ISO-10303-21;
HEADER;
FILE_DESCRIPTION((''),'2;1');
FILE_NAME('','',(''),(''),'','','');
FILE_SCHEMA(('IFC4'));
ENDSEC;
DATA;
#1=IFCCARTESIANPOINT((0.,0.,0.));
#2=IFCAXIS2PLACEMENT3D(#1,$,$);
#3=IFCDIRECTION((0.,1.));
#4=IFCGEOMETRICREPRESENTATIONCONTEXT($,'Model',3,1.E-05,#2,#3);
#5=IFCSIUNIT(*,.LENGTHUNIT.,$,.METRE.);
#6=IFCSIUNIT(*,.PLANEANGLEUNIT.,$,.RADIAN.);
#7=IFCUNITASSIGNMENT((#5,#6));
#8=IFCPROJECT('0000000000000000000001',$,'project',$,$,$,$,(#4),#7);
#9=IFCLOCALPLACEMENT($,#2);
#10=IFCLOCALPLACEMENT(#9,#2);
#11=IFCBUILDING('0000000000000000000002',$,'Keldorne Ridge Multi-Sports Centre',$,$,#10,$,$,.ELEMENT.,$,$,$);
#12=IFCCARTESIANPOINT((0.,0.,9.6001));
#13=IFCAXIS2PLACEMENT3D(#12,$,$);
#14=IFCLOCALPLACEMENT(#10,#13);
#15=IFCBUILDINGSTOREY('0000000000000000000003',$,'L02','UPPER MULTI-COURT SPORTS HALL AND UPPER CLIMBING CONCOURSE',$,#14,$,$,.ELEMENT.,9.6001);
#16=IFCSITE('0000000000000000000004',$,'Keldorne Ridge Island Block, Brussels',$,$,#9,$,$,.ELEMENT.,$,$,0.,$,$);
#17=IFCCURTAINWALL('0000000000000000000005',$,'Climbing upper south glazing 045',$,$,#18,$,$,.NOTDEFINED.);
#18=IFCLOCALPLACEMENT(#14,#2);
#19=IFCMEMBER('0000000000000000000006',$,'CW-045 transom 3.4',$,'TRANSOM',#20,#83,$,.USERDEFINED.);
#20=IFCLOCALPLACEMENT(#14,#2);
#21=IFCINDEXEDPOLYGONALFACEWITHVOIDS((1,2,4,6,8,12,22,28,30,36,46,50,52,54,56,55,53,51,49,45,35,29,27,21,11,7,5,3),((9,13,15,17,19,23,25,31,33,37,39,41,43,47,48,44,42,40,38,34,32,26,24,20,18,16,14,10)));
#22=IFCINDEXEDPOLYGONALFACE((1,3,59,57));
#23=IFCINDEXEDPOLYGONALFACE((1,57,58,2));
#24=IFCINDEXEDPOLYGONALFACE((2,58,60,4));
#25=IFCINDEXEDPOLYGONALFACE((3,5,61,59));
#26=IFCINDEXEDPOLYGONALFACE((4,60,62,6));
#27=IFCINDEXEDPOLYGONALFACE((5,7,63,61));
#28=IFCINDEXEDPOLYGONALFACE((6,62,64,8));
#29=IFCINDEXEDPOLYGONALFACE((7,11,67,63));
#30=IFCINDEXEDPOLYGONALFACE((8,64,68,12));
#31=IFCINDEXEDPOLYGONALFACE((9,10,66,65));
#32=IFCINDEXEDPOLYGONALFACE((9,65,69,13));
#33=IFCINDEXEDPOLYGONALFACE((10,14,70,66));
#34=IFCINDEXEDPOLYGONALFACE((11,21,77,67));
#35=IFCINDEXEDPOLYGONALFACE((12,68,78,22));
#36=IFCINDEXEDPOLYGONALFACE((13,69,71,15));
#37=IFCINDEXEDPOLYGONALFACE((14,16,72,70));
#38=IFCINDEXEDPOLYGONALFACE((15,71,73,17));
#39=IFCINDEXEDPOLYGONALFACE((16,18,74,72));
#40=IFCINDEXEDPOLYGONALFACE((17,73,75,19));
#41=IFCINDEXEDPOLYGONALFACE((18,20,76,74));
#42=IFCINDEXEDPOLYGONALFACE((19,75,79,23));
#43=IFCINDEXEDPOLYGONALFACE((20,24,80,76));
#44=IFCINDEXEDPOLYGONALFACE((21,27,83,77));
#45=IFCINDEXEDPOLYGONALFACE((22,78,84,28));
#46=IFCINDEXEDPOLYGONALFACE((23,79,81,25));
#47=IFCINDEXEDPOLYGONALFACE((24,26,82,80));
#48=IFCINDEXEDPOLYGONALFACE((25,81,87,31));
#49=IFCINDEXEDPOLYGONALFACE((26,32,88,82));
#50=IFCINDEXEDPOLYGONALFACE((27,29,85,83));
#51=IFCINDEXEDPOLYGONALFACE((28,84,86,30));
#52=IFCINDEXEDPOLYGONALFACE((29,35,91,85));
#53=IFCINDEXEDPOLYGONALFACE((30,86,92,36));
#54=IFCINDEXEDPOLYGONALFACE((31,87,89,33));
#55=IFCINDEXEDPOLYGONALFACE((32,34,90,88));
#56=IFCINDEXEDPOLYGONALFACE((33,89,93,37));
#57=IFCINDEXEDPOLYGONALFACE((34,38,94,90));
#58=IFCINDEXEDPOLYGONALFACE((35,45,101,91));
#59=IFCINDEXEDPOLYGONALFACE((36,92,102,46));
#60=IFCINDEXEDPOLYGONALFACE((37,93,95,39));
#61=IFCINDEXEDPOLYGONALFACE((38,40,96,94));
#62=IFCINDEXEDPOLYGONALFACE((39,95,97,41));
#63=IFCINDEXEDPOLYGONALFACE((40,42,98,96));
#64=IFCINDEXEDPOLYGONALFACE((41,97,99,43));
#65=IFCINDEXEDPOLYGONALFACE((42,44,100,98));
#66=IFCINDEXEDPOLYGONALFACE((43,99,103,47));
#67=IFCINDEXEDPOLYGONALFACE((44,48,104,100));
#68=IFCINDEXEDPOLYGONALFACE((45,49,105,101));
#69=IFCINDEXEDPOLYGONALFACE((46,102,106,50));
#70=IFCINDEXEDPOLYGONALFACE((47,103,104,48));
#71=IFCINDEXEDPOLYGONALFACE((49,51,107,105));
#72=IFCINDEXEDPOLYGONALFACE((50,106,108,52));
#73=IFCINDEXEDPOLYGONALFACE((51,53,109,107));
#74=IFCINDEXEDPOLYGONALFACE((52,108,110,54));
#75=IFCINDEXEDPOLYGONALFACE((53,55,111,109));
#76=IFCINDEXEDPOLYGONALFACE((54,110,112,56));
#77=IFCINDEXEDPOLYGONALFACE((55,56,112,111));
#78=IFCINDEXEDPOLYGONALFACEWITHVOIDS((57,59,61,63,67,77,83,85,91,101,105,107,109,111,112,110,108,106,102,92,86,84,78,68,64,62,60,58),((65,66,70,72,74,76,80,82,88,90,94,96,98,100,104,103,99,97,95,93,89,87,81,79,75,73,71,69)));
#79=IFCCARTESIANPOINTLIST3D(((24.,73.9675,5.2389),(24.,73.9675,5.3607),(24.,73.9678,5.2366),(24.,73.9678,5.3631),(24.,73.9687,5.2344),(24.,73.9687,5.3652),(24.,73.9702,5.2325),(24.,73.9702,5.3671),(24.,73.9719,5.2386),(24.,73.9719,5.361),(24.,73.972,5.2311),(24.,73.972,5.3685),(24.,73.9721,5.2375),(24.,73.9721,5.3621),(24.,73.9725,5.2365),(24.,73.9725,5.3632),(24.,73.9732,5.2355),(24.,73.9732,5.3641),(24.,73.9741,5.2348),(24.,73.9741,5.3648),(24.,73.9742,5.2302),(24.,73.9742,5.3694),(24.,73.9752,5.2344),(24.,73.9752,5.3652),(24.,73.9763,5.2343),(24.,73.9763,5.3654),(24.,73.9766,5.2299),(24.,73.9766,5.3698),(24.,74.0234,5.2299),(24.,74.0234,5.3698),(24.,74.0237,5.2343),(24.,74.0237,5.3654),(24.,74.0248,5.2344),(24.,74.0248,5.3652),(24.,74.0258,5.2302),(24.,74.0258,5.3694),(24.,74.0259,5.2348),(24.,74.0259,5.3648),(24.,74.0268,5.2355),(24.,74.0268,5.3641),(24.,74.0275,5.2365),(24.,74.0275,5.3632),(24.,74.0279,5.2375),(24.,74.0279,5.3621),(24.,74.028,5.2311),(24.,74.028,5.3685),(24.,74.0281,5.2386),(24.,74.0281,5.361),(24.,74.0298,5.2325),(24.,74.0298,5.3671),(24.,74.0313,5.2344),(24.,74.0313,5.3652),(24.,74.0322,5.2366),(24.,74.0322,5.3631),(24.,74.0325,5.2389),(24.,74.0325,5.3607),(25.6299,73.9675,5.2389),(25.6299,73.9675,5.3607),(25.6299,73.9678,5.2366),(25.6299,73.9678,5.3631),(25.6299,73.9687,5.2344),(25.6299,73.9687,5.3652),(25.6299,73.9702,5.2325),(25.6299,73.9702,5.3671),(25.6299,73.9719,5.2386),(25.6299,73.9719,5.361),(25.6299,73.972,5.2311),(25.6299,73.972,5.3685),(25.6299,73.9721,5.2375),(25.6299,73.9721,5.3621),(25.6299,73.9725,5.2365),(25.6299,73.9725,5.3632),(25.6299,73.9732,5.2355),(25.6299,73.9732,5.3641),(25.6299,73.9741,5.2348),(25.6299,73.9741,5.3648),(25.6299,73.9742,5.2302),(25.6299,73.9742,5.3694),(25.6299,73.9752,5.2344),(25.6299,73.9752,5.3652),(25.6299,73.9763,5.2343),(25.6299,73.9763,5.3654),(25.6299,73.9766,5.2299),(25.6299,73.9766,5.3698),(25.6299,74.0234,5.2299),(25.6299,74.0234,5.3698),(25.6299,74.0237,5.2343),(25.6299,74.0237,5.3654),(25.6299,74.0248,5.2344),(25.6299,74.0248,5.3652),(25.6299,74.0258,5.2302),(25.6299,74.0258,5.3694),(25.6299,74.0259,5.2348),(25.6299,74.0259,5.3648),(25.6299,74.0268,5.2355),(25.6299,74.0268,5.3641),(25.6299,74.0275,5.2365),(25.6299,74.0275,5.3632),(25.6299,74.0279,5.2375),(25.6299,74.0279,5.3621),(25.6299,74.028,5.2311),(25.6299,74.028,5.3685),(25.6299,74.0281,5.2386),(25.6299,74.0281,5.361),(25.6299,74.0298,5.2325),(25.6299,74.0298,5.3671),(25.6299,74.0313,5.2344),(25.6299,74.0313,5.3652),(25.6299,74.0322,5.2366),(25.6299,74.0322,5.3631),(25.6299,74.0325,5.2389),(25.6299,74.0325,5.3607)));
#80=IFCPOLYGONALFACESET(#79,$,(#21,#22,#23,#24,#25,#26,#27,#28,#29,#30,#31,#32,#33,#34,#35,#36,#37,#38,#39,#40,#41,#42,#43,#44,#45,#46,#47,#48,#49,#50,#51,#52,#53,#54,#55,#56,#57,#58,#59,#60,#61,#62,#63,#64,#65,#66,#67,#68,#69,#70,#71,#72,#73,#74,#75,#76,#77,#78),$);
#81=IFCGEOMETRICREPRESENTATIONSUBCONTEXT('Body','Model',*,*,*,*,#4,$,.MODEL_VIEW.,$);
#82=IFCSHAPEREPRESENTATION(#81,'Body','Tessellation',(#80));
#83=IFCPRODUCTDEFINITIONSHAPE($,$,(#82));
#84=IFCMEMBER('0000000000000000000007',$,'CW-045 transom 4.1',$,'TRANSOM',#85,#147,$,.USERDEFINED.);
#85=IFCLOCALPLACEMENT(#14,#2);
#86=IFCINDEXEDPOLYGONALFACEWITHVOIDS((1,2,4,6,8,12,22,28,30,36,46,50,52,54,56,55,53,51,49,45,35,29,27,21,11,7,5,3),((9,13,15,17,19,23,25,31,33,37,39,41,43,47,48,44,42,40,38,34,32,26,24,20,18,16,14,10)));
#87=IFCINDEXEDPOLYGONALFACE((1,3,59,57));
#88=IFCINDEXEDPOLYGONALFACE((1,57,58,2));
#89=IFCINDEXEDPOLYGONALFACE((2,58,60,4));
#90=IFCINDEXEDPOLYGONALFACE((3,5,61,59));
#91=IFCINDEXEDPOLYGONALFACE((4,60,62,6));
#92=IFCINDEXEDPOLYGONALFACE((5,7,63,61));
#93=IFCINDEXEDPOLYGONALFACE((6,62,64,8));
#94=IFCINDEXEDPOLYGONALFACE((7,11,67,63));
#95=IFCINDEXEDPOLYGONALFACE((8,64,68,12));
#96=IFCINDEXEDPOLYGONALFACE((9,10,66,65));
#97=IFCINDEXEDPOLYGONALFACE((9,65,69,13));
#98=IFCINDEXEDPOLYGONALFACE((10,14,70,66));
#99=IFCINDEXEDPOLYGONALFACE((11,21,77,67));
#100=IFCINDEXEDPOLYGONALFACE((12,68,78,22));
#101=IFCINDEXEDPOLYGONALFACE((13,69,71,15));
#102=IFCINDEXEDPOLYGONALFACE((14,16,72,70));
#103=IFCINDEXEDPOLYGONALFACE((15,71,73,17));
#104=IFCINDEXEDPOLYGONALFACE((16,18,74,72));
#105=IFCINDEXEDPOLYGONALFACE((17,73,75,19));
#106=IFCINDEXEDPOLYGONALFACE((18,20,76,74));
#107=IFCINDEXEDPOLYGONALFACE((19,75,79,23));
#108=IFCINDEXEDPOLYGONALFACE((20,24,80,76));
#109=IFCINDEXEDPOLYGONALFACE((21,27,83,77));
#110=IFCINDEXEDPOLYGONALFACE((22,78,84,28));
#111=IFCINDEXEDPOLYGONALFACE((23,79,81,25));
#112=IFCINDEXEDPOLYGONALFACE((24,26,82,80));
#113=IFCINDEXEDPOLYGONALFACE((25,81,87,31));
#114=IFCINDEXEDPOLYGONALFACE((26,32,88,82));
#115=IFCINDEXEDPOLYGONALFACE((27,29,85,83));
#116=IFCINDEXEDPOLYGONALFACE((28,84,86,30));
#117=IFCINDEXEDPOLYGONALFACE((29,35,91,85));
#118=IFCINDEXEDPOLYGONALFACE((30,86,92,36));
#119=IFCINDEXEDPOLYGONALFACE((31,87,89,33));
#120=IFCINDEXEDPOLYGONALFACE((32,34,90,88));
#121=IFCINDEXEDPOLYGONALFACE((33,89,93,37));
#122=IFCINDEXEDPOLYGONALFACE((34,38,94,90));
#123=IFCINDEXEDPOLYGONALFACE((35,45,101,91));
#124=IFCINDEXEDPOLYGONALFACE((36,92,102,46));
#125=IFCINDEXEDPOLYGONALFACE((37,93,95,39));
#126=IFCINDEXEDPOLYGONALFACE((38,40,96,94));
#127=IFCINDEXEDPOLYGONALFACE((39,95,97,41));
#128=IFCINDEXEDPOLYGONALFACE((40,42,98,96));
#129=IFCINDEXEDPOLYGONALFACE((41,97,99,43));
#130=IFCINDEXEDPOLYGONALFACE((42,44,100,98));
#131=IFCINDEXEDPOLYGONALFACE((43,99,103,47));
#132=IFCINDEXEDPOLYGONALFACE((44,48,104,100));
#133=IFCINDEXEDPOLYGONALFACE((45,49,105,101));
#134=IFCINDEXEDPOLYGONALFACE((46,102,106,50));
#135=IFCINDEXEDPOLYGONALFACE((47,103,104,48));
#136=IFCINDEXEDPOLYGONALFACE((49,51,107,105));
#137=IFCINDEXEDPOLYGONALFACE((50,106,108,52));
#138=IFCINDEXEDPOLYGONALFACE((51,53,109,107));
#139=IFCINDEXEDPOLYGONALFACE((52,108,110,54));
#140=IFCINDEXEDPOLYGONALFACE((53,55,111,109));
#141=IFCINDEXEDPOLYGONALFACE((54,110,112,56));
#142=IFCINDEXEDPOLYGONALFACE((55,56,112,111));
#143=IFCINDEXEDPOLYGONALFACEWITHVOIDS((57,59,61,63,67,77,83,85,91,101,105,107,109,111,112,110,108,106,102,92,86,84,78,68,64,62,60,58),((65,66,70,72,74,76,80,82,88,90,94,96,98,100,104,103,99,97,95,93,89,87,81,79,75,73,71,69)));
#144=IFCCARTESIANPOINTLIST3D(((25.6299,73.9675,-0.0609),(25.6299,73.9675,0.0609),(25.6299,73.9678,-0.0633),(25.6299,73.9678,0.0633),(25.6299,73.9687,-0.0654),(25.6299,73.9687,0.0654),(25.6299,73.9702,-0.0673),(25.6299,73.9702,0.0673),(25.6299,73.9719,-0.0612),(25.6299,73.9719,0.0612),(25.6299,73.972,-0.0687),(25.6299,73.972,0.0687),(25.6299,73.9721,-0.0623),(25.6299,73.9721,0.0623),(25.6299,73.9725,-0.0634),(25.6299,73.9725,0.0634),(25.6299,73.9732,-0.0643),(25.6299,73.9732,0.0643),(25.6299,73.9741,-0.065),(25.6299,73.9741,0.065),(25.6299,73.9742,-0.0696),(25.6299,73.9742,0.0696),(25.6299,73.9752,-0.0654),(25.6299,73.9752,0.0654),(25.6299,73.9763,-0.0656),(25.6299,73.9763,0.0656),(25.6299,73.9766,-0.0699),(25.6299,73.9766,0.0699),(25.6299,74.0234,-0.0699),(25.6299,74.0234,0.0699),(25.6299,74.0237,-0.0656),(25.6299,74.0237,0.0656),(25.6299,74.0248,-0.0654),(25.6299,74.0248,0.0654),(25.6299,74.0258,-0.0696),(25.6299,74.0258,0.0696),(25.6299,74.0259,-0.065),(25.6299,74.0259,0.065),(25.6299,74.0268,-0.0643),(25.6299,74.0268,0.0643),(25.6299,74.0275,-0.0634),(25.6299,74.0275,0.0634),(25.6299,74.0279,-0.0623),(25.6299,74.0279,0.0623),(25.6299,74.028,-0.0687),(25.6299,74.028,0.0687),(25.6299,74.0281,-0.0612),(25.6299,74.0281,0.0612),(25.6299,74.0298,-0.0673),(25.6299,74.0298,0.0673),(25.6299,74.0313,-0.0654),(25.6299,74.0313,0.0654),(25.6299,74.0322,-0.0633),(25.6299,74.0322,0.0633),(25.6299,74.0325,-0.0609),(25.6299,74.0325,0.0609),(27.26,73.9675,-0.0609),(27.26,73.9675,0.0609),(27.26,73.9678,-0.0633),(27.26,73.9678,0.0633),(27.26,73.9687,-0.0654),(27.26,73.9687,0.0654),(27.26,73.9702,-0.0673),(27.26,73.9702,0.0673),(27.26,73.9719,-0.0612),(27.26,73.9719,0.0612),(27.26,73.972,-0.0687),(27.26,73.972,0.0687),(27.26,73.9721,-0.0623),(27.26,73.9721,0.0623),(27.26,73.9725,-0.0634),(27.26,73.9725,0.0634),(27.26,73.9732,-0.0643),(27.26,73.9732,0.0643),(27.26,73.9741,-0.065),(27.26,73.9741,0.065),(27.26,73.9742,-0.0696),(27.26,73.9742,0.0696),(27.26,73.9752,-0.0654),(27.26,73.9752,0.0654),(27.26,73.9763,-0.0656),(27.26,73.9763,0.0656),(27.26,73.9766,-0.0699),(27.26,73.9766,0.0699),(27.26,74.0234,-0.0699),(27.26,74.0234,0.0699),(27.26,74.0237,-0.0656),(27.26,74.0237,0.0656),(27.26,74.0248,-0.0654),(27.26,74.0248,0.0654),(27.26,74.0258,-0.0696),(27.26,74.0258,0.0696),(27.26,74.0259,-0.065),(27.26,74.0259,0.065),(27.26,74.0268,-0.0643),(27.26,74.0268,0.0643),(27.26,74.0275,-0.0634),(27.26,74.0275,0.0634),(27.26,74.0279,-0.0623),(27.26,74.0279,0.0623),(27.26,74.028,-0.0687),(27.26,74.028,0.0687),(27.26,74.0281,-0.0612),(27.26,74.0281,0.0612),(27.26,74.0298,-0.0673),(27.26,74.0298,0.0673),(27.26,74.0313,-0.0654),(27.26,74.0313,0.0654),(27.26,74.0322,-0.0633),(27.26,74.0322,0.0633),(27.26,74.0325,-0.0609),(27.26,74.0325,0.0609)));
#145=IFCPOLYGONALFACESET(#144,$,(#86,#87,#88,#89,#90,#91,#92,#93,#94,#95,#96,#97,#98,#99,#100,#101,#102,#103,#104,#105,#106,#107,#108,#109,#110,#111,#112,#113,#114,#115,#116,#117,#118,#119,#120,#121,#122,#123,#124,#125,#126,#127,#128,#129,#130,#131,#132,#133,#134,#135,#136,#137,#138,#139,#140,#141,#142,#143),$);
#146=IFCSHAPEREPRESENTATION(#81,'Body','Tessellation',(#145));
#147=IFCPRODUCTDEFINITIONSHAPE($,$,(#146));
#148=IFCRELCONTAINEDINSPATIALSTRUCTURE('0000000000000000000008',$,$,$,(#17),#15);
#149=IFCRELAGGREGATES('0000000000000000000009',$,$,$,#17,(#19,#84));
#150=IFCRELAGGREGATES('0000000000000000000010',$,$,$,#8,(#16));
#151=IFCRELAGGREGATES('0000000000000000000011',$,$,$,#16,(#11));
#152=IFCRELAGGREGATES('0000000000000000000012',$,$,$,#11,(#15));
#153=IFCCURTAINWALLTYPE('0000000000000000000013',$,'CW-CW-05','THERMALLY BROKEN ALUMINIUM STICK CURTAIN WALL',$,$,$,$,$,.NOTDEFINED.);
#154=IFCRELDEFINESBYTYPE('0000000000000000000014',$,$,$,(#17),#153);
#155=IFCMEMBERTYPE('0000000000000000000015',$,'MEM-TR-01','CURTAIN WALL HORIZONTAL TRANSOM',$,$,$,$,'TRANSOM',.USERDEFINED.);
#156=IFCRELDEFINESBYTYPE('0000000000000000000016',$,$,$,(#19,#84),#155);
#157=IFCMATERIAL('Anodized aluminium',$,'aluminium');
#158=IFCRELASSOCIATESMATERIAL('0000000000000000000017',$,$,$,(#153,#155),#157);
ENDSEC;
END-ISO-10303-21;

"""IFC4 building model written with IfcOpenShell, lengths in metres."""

from ifc_helpers import new_model, si_unit, direction, frame, origin, origin_2d, place, context, subcontext, project, spatial, hollow_rectangle, extrude, material, material_profile, profile_set, type_object, element, aggregate, save


model = new_model("IFC4")

# Units and contexts
model_context = context("Model", 3, precision=1e-05, world=origin(), true_north=direction((0.0, 1.0)))
body_context = subcontext(model_context, "Body", "Model", "MODEL_VIEW")
ifc_project = project(units=[si_unit("LENGTHUNIT", "METRE"), si_unit("PLANEANGLEUNIT", "RADIAN")], contexts=[model_context])

# Site, building, storey
site_placement = place(None, origin())
site = spatial("IfcSite", under=ifc_project, at=site_placement, Name="Keldorne Ridge Island Block, Brussels", CompositionType="ELEMENT", RefElevation=0.0)
building_placement = place(site_placement, origin())
building = spatial("IfcBuilding", under=site, at=building_placement, Name="Keldorne Ridge Multi-Sports Centre", CompositionType="ELEMENT")
storey_placement = place(building_placement, frame((0.0, 0.0, 9.6001)))
storey = spatial("IfcBuildingStorey", under=building, at=storey_placement, Name="L02", Description="UPPER MULTI-COURT SPORTS HALL AND UPPER CLIMBING CONCOURSE", CompositionType="ELEMENT", Elevation=9.6001)

# Curtain wall
ifc_material_1 = material(Name="Anodized aluminium", Category="aluminium")
curtain_wall_type = type_object("IfcCurtainWallType", Name="CW-CW-05", Description="THERMALLY BROKEN ALUMINIUM STICK CURTAIN WALL", PredefinedType="NOTDEFINED", material=ifc_material_1)
curtain_wall_placement = place(storey_placement, origin())
curtain_wall = element("IfcCurtainWall", 1, at=curtain_wall_placement, inside=storey, type_object=curtain_wall_type, Name="Climbing upper south glazing 045", PredefinedType="NOTDEFINED")

# Members
ifc_material_profile_1 = material_profile(ifc_material_1, hollow_rectangle(XDim=0.0649, YDim=0.1399, WallThickness=0.0044, InnerFilletRadius=0.0044, OuterFilletRadius=0.009, at=origin_2d()), Name="ALU TRANSOM 140x65x4.5")
ifc_profile_set_1 = profile_set([ifc_material_profile_1], Name="Anodized aluminium")
member_type_1 = type_object("IfcMemberType", Name="MEM-TR-01", Description="CURTAIN WALL HORIZONTAL TRANSOM", ElementType="TRANSOM", PredefinedType="USERDEFINED", material=ifc_profile_set_1)
member_1_placement = place(storey_placement, frame((24.0, 74.0, 5.2998), z_axis=(1.0, 0.0, 0.0), x_axis=(0.0, 1.0, 0.0)))
member_1 = element("IfcMember", 2, at=member_1_placement, type_object=member_type_1, Name="CW-045 transom 3.4", ObjectType="TRANSOM", PredefinedType="USERDEFINED", context=body_context, shape_type="SweptSolid", body=[
    extrude(hollow_rectangle(XDim=0.0649, YDim=0.1399, WallThickness=0.0044, InnerFilletRadius=0.0044, OuterFilletRadius=0.009, at=origin_2d()), origin(), (0.0, 0.0, 1.0), 1.6299),
])
member_2_placement = place(storey_placement, frame((25.6299, 74.0, 0.0), z_axis=(1.0, 0.0, 0.0), x_axis=(0.0, 1.0, 0.0)))
member_2 = element("IfcMember", 3, at=member_2_placement, type_object=member_type_1, Name="CW-045 transom 4.1", ObjectType="TRANSOM", PredefinedType="USERDEFINED", context=body_context, shape_type="SweptSolid", body=[
    extrude(hollow_rectangle(XDim=0.0649, YDim=0.1399, WallThickness=0.0044, InnerFilletRadius=0.0044, OuterFilletRadius=0.009, at=origin_2d()), origin(), (0.0, 0.0, 1.0), 1.6301),
])

aggregate(curtain_wall, [member_1, member_2])

save(model, "model.ifc")
